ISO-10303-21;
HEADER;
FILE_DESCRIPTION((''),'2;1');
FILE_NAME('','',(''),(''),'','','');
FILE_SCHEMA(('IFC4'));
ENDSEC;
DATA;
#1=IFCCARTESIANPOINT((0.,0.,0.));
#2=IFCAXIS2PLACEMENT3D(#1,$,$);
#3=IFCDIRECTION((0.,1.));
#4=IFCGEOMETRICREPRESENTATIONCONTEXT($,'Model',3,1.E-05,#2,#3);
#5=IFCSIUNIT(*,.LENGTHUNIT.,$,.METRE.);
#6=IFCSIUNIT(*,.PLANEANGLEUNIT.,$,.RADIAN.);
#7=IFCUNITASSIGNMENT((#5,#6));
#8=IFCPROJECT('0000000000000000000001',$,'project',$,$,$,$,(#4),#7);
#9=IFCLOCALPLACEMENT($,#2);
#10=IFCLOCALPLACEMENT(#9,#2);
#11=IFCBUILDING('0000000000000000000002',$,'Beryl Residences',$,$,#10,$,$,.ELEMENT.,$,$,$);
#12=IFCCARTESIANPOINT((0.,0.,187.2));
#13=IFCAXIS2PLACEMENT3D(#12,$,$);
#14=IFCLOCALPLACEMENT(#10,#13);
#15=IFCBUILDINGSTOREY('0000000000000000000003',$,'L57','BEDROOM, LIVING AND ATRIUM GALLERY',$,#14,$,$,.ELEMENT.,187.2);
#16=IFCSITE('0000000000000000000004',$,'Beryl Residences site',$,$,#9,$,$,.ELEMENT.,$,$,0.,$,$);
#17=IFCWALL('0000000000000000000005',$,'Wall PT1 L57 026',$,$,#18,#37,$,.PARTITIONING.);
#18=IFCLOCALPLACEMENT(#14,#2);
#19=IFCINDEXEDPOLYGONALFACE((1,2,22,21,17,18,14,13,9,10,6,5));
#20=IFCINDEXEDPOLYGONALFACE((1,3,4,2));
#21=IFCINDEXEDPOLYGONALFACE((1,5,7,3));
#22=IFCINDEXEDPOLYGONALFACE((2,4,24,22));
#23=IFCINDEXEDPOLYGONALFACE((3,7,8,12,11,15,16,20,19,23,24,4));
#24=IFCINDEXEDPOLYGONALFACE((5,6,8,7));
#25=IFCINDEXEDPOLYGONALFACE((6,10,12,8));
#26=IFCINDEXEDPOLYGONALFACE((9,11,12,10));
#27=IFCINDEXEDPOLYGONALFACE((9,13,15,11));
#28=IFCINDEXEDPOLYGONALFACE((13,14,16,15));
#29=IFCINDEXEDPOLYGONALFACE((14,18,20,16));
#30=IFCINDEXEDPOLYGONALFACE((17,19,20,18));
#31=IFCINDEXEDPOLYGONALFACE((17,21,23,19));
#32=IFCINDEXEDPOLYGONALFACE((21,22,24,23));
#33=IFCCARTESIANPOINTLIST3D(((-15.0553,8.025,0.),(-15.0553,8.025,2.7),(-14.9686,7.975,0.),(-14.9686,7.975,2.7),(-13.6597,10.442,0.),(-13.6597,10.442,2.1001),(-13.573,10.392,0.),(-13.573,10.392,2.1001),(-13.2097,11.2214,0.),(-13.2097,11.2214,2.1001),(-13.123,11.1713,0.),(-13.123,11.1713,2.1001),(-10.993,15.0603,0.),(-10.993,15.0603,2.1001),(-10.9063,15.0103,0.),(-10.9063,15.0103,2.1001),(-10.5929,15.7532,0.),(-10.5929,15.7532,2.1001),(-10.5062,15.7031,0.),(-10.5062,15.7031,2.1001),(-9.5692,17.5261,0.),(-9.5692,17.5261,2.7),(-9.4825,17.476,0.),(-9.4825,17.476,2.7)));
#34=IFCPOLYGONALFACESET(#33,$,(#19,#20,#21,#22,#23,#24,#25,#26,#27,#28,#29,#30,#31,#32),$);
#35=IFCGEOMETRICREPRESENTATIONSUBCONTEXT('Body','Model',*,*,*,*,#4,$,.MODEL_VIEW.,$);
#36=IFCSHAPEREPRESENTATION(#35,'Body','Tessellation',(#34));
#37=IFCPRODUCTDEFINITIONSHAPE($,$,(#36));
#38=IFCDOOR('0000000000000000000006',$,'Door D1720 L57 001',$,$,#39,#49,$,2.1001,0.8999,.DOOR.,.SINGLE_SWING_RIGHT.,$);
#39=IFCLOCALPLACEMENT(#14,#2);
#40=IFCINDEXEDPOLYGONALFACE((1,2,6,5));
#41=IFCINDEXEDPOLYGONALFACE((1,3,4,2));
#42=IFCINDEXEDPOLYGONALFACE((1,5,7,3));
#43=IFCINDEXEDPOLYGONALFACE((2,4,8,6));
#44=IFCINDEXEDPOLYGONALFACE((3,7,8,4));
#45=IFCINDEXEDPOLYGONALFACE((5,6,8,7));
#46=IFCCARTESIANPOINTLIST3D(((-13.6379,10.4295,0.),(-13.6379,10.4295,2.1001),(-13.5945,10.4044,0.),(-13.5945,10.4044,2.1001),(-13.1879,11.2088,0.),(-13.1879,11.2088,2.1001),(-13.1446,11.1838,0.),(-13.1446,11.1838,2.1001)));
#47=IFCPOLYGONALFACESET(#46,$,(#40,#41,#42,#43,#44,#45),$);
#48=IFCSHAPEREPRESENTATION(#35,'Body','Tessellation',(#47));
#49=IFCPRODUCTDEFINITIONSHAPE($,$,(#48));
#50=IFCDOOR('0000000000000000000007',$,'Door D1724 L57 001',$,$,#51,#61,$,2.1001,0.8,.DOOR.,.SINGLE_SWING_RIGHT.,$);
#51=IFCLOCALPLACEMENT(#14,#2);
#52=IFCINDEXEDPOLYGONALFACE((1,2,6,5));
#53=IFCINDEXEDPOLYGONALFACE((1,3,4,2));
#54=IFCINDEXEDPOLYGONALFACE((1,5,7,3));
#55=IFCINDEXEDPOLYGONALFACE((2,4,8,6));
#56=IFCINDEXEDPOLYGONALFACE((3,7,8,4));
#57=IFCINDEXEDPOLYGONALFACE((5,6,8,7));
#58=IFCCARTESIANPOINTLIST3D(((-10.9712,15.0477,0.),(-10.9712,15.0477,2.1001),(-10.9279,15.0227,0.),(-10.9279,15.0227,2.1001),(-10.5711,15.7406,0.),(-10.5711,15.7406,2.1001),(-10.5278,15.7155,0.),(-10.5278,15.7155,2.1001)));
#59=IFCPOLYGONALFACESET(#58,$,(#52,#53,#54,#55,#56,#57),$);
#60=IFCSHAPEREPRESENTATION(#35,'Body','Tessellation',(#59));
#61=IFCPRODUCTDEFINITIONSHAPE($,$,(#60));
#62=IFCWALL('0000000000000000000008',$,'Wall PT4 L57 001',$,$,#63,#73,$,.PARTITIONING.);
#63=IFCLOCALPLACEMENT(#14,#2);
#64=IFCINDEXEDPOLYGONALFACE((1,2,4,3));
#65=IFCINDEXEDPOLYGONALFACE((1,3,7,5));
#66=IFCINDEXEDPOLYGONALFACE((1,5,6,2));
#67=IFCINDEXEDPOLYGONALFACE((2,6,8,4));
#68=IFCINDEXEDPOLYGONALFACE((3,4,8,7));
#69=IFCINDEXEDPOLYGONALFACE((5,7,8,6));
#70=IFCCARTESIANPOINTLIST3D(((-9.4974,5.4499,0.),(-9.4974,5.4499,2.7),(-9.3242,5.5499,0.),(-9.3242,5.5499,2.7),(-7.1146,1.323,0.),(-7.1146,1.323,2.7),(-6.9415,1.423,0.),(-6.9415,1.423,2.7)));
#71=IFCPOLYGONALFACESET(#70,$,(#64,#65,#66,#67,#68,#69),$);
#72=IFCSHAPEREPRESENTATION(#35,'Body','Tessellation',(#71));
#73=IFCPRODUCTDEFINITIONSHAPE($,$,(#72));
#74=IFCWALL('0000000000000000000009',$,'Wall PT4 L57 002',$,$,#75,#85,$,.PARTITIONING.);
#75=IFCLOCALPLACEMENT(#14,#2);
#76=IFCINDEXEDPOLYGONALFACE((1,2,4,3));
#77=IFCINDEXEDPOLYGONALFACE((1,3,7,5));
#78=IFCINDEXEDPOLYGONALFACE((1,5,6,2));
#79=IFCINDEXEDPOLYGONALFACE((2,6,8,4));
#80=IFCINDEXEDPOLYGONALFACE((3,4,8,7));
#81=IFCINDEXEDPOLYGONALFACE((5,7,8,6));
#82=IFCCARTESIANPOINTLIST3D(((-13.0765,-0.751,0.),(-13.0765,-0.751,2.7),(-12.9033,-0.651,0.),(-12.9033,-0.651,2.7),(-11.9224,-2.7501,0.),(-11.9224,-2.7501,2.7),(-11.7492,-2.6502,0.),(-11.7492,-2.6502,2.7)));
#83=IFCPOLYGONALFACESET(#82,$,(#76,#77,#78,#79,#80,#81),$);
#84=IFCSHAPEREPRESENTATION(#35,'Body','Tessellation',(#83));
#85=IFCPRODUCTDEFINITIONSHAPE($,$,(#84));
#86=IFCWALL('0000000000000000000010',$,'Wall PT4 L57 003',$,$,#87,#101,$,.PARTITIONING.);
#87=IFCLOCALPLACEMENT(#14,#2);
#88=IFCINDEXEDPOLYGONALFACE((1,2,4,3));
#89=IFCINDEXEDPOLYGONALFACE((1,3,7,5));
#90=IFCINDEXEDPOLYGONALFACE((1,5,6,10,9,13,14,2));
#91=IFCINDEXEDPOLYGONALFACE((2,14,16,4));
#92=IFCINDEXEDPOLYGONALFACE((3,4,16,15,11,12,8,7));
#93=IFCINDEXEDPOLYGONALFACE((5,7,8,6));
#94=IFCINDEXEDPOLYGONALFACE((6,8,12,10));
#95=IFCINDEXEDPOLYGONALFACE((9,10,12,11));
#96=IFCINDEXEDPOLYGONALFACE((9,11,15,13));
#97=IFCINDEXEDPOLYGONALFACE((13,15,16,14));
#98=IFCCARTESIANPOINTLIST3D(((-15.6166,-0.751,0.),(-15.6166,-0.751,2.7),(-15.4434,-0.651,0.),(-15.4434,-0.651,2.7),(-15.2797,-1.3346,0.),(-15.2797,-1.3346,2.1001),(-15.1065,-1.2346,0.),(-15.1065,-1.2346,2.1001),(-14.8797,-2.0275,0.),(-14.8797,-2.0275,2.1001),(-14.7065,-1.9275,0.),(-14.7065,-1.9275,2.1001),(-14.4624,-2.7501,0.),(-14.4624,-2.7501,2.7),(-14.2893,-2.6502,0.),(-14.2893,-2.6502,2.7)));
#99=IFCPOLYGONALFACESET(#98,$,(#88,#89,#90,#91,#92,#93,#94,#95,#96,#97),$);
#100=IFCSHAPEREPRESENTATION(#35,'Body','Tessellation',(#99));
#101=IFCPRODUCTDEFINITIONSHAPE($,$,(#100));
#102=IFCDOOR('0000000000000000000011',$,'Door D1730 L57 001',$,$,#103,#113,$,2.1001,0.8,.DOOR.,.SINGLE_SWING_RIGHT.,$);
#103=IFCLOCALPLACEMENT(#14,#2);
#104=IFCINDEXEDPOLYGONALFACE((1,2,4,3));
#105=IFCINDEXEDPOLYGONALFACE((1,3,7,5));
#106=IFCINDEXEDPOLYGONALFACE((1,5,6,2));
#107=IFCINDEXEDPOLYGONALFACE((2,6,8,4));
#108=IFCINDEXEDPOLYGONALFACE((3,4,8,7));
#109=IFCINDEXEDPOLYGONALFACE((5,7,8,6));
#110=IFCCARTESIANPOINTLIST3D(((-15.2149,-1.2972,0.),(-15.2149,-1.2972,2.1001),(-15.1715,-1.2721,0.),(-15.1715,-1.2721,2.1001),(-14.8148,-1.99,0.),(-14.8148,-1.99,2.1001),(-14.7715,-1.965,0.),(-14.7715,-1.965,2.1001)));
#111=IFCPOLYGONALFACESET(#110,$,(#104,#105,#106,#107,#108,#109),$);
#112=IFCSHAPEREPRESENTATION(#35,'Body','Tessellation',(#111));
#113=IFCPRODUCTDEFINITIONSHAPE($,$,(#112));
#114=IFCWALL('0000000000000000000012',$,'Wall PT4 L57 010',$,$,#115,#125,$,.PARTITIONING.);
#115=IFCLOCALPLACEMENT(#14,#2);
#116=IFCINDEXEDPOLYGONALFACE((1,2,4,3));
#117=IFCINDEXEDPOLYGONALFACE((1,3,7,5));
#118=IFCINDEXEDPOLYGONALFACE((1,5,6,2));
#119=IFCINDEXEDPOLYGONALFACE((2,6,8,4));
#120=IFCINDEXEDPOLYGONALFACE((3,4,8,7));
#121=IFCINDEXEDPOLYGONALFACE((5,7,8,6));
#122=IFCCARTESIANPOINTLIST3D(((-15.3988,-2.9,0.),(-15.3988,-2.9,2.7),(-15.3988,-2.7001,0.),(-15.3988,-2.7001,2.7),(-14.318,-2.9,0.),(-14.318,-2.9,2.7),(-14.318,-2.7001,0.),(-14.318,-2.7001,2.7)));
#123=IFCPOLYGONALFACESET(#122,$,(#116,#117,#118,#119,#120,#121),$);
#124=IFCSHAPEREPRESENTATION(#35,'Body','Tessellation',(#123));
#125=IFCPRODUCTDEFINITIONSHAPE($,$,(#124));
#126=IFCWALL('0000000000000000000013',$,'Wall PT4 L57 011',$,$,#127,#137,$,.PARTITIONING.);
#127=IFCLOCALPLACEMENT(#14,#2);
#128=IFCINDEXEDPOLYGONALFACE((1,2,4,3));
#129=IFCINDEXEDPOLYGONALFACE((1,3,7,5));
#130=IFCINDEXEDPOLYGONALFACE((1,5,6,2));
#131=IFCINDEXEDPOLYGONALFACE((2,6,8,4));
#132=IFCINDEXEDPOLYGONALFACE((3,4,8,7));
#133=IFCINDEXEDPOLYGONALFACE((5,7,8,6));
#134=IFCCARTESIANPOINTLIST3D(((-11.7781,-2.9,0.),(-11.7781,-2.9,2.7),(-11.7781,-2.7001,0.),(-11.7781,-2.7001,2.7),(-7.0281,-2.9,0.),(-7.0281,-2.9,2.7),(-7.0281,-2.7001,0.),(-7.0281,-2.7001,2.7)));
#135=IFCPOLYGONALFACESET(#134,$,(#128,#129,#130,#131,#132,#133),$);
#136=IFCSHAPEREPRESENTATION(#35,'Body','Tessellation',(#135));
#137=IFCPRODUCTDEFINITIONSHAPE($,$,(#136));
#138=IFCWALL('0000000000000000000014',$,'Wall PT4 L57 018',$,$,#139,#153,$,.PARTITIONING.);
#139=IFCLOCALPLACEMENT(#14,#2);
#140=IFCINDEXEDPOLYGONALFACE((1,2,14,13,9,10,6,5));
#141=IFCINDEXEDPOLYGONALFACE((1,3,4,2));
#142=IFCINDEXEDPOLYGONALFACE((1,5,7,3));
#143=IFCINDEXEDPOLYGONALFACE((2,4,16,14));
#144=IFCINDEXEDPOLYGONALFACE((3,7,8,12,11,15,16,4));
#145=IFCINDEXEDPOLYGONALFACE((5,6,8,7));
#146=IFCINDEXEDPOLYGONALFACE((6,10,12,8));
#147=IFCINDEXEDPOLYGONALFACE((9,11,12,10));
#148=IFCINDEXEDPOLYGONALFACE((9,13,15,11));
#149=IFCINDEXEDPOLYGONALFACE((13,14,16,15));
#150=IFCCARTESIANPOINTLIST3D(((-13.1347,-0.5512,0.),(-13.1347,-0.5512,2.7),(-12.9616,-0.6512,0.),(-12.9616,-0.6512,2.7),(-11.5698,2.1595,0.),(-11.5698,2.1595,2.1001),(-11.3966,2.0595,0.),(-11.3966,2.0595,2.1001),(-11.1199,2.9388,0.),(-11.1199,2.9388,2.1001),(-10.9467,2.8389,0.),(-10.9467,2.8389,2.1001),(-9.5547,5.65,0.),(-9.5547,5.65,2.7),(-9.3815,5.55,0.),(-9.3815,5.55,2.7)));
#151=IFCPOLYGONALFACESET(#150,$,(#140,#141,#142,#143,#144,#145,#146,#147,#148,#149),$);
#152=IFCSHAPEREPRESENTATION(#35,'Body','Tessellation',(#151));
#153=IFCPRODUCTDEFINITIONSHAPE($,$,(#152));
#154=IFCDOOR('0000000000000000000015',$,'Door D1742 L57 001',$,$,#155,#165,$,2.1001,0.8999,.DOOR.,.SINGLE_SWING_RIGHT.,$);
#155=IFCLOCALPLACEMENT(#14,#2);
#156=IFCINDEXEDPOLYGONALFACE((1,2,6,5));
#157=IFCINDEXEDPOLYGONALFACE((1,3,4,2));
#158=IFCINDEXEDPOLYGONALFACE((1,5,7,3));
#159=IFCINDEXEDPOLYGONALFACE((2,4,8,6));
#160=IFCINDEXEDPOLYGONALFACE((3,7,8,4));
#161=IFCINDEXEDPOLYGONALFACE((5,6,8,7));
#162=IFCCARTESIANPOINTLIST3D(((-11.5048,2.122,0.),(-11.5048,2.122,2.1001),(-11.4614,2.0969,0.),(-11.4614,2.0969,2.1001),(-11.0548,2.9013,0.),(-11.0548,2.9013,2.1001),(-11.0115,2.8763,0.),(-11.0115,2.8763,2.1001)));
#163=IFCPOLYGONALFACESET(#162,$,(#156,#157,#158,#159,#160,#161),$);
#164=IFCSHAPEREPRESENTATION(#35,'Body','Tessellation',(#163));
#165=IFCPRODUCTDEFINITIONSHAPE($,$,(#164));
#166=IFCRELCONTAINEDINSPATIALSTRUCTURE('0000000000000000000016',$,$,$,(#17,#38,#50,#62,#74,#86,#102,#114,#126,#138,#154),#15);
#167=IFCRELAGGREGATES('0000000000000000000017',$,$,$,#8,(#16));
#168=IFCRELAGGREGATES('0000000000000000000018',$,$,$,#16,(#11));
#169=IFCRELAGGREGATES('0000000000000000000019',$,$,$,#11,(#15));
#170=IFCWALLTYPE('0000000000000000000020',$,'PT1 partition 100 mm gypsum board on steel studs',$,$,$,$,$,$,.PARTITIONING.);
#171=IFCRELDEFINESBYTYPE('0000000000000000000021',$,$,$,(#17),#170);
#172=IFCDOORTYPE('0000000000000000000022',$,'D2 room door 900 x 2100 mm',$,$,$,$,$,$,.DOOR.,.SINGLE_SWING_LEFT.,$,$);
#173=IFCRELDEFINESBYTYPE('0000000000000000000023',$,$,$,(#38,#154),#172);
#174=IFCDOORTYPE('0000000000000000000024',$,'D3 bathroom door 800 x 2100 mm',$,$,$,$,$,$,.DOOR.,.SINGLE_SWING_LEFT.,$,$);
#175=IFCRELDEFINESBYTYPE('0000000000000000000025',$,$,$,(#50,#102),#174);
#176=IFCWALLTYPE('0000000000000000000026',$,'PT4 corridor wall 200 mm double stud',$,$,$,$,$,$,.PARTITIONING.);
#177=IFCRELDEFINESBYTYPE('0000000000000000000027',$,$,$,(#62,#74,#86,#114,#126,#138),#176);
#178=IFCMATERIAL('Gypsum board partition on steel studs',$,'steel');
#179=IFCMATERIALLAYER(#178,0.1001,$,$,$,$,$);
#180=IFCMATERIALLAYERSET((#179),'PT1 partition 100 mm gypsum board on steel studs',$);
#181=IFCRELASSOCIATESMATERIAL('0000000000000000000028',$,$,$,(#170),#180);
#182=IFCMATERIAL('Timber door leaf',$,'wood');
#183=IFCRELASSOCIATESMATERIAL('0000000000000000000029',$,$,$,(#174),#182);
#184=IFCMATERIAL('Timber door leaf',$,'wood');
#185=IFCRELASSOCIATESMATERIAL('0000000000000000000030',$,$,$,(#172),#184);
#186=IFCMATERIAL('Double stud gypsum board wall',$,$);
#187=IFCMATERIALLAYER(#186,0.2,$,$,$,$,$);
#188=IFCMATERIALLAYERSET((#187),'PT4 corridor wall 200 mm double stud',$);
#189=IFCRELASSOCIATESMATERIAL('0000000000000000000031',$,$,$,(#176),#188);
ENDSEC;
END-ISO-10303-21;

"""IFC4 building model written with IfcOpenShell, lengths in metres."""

from ifc_helpers import new_model, si_unit, direction, frame, frame_2d, origin, place, context, subcontext, project, spatial, rectangle, extrude, material, layer, layer_set, type_object, element, fill, save


model = new_model("IFC4")

# Units and contexts
model_context = context("Model", 3, precision=1e-05, world=origin(), true_north=direction((0.0, 1.0)))
body_context = subcontext(model_context, "Body", "Model", "MODEL_VIEW")
ifc_project = project(units=[si_unit("LENGTHUNIT", "METRE"), si_unit("PLANEANGLEUNIT", "RADIAN")], contexts=[model_context])

# Site, building, storey
site_placement = place(None, origin())
site = spatial("IfcSite", under=ifc_project, at=site_placement, Name="Beryl Residences site", CompositionType="ELEMENT", RefElevation=0.0)
building_placement = place(site_placement, origin())
building = spatial("IfcBuilding", under=site, at=building_placement, Name="Beryl Residences", CompositionType="ELEMENT")
storey_placement = place(building_placement, frame((0.0, 0.0, 187.2)))
storey = spatial("IfcBuildingStorey", under=building, at=storey_placement, Name="L57", Description="BEDROOM, LIVING AND ATRIUM GALLERY", CompositionType="ELEMENT", Elevation=187.2)

# Shared definitions
ifc_material_1 = material(Name="Gypsum board partition on steel studs", Category="steel")
ifc_layer_1 = layer(ifc_material_1, 0.1001)
ifc_layer_set_1 = layer_set([ifc_layer_1], Name="PT1 partition 100 mm gypsum board on steel studs")
wall_type_1 = type_object("IfcWallType", Name="PT1 partition 100 mm gypsum board on steel studs", PredefinedType="PARTITIONING", material=ifc_layer_set_1)
ifc_material_2 = material(Name="Timber door leaf", Category="wood")
door_type_1 = type_object("IfcDoorType", Name="D3 bathroom door 800 x 2100 mm", OperationType="SINGLE_SWING_LEFT", PredefinedType="DOOR", material=ifc_material_2)
ifc_material_3 = material(Name="Timber door leaf", Category="wood")
door_type_2 = type_object("IfcDoorType", Name="D2 room door 900 x 2100 mm", OperationType="SINGLE_SWING_LEFT", PredefinedType="DOOR", material=ifc_material_3)

# Wall, openings, doors
wall_1_placement = place(storey_placement, frame((-15.012, 8.0, 0.0), z_axis=(0.0, 0.0, 1.0), x_axis=(0.500047, 0.865998, 0.0)))
wall_1 = element("IfcWall", 1, at=wall_1_placement, inside=storey, type_object=wall_type_1, Name="Wall PT1 L57 026", PredefinedType="PARTITIONING", context=body_context, shape_type="SweptSolid", body=[
    extrude(rectangle(XDim=10.9712, YDim=0.1001, at=frame_2d((5.4856, 0.0))), origin(), (0.0, 0.0, 1.0), 2.7),
])
opening_1_placement = place(wall_1_placement, frame((2.791, 0.0, 0.0)))
opening_1 = element("IfcOpeningElement", 2, at=opening_1_placement, cuts=wall_1, PredefinedType="OPENING", context=body_context, shape_type="SweptSolid", body=[
    extrude(rectangle(XDim=0.8999, YDim=2.1001, at=frame_2d((0.45, 1.05))), frame((0.0, 0.0601, 0.0), z_axis=(0.0, -1.0, 0.0), x_axis=(1.0, 0.0, 0.0)), (0.0, 0.0, 1.0), 0.1201),
])
opening_2_placement = place(wall_1_placement, frame((8.124, 0.0, 0.0)))
opening_2 = element("IfcOpeningElement", 3, at=opening_2_placement, cuts=wall_1, PredefinedType="OPENING", context=body_context, shape_type="SweptSolid", body=[
    extrude(rectangle(XDim=0.8, YDim=2.1001, at=frame_2d((0.3999, 1.05))), frame((0.0, 0.0601, 0.0), z_axis=(0.0, -1.0, 0.0), x_axis=(1.0, 0.0, 0.0)), (0.0, 0.0, 1.0), 0.1201),
])
door_1_placement = place(opening_1_placement, origin())
door_1 = element("IfcDoor", 4, at=door_1_placement, inside=storey, type_object=door_type_2, Name="Door D1720 L57 001", OperationType="SINGLE_SWING_RIGHT", OverallHeight=2.1001, OverallWidth=0.8999, PredefinedType="DOOR", context=body_context, shape_type="SweptSolid", body=[
    extrude(rectangle(XDim=0.8999, YDim=2.1001, at=frame_2d((0.45, 1.05))), frame((0.0, 0.0249, 0.0), z_axis=(0.0, -1.0, 0.0), x_axis=(1.0, 0.0, 0.0)), (0.0, 0.0, 1.0), 0.05),
])
fill(opening_1, door_1)
door_2_placement = place(opening_2_placement, origin())
door_2 = element("IfcDoor", 5, at=door_2_placement, inside=storey, type_object=door_type_1, Name="Door D1724 L57 001", OperationType="SINGLE_SWING_RIGHT", OverallHeight=2.1001, OverallWidth=0.8, PredefinedType="DOOR", context=body_context, shape_type="SweptSolid", body=[
    extrude(rectangle(XDim=0.8, YDim=2.1001, at=frame_2d((0.3999, 1.05))), frame((0.0, 0.0249, 0.0), z_axis=(0.0, -1.0, 0.0), x_axis=(1.0, 0.0, 0.0)), (0.0, 0.0, 1.0), 0.05),
])
fill(opening_2, door_2)

# Walls
ifc_material_4 = material(Name="Double stud gypsum board wall")
ifc_layer_2 = layer(ifc_material_4, 0.2)
ifc_layer_set_2 = layer_set([ifc_layer_2], Name="PT4 corridor wall 200 mm double stud")
wall_type_2 = type_object("IfcWallType", Name="PT4 corridor wall 200 mm double stud", PredefinedType="PARTITIONING", material=ifc_layer_set_2)
wall_2_placement = place(storey_placement, frame((-9.4109, 5.5, 0.0), z_axis=(0.0, 0.0, 1.0), x_axis=(0.500018, -0.866015, 0.0)))
element("IfcWall", 6, at=wall_2_placement, inside=storey, type_object=wall_type_2, Name="Wall PT4 L57 001", PredefinedType="PARTITIONING", context=body_context, shape_type="SweptSolid", body=[
    extrude(rectangle(XDim=4.7654, YDim=0.2, at=frame_2d((2.3828, 0.0))), origin(), (0.0, 0.0, 1.0), 2.7),
])
wall_3_placement = place(storey_placement, frame((-12.99, -0.7009, 0.0), z_axis=(0.0, 0.0, 1.0), x_axis=(0.499973, -0.866041, 0.0)))
element("IfcWall", 7, at=wall_3_placement, inside=storey, type_object=wall_type_2, Name="Wall PT4 L57 002", PredefinedType="PARTITIONING", context=body_context, shape_type="SweptSolid", body=[
    extrude(rectangle(XDim=2.3083, YDim=0.2, at=frame_2d((1.1543, 0.0))), origin(), (0.0, 0.0, 1.0), 2.7),
])

# Wall, opening, door
wall_4_placement = place(storey_placement, frame((-15.53, -0.7009, 0.0), z_axis=(0.0, 0.0, 1.0), x_axis=(0.499973, -0.866041, 0.0)))
wall_4 = element("IfcWall", 8, at=wall_4_placement, inside=storey, type_object=wall_type_2, Name="Wall PT4 L57 003", PredefinedType="PARTITIONING", context=body_context, shape_type="SweptSolid", body=[
    extrude(rectangle(XDim=2.3083, YDim=0.2, at=frame_2d((1.1543, 0.0))), origin(), (0.0, 0.0, 1.0), 2.7),
])
opening_3_placement = place(wall_4_placement, frame((0.6741, 0.0, 0.0)))
opening_3 = element("IfcOpeningElement", 9, at=opening_3_placement, cuts=wall_4, PredefinedType="OPENING", context=body_context, shape_type="SweptSolid", body=[
    extrude(rectangle(XDim=0.8, YDim=2.1001, at=frame_2d((0.3999, 1.05))), frame((0.0, 0.1099, 0.0), z_axis=(0.0, -1.0, 0.0), x_axis=(1.0, 0.0, 0.0)), (0.0, 0.0, 1.0), 0.22),
])
door_3_placement = place(opening_3_placement, origin())
door_3 = element("IfcDoor", 10, at=door_3_placement, inside=storey, type_object=door_type_1, Name="Door D1730 L57 001", OperationType="SINGLE_SWING_RIGHT", OverallHeight=2.1001, OverallWidth=0.8, PredefinedType="DOOR", context=body_context, shape_type="SweptSolid", body=[
    extrude(rectangle(XDim=0.8, YDim=2.1001, at=frame_2d((0.3999, 1.05))), frame((0.0, 0.0249, 0.0), z_axis=(0.0, -1.0, 0.0), x_axis=(1.0, 0.0, 0.0)), (0.0, 0.0, 1.0), 0.05),
])
fill(opening_3, door_3)

# Walls
wall_5_placement = place(storey_placement, frame((-15.3989, -2.8, 0.0), z_axis=(0.0, 0.0, 1.0), x_axis=(1.0, 0.0, 0.0)))
element("IfcWall", 11, at=wall_5_placement, inside=storey, type_object=wall_type_2, Name="Wall PT4 L57 010", PredefinedType="PARTITIONING", context=body_context, shape_type="SweptSolid", body=[
    extrude(rectangle(XDim=1.0808, YDim=0.2, at=frame_2d((0.5405, 0.0))), origin(), (0.0, 0.0, 1.0), 2.7),
])
wall_6_placement = place(storey_placement, frame((-11.7781, -2.8, 0.0), z_axis=(0.0, 0.0, 1.0), x_axis=(1.0, 0.0, 0.0)))
element("IfcWall", 12, at=wall_6_placement, inside=storey, type_object=wall_type_2, Name="Wall PT4 L57 011", PredefinedType="PARTITIONING", context=body_context, shape_type="SweptSolid", body=[
    extrude(rectangle(XDim=4.75, YDim=0.2, at=frame_2d((2.375, 0.0))), origin(), (0.0, 0.0, 1.0), 2.7),
])

# Wall, opening, door
wall_7_placement = place(storey_placement, frame((-13.0481, -0.6011, 0.0), z_axis=(0.0, 0.0, 1.0), x_axis=(0.499982, 0.866036, 0.0)))
wall_7 = element("IfcWall", 13, at=wall_7_placement, inside=storey, type_object=wall_type_2, Name="Wall PT4 L57 018", PredefinedType="PARTITIONING", context=body_context, shape_type="SweptSolid", body=[
    extrude(rectangle(XDim=7.1604, YDim=0.2, at=frame_2d((3.5801, 0.0))), origin(), (0.0, 0.0, 1.0), 2.7),
])
opening_4_placement = place(wall_7_placement, frame((3.1299, 0.0, 0.0)))
opening_4 = element("IfcOpeningElement", 14, at=opening_4_placement, cuts=wall_7, PredefinedType="OPENING", context=body_context, shape_type="SweptSolid", body=[
    extrude(rectangle(XDim=0.8999, YDim=2.1001, at=frame_2d((0.45, 1.05))), frame((0.0, 0.1099, 0.0), z_axis=(0.0, -1.0, 0.0), x_axis=(1.0, 0.0, 0.0)), (0.0, 0.0, 1.0), 0.22),
])
door_4_placement = place(opening_4_placement, origin())
door_4 = element("IfcDoor", 15, at=door_4_placement, inside=storey, type_object=door_type_2, Name="Door D1742 L57 001", OperationType="SINGLE_SWING_RIGHT", OverallHeight=2.1001, OverallWidth=0.8999, PredefinedType="DOOR", context=body_context, shape_type="SweptSolid", body=[
    extrude(rectangle(XDim=0.8999, YDim=2.1001, at=frame_2d((0.45, 1.05))), frame((0.0, 0.0249, 0.0), z_axis=(0.0, -1.0, 0.0), x_axis=(1.0, 0.0, 0.0)), (0.0, 0.0, 1.0), 0.05),
])
fill(opening_4, door_4)

save(model, "model.ifc")
